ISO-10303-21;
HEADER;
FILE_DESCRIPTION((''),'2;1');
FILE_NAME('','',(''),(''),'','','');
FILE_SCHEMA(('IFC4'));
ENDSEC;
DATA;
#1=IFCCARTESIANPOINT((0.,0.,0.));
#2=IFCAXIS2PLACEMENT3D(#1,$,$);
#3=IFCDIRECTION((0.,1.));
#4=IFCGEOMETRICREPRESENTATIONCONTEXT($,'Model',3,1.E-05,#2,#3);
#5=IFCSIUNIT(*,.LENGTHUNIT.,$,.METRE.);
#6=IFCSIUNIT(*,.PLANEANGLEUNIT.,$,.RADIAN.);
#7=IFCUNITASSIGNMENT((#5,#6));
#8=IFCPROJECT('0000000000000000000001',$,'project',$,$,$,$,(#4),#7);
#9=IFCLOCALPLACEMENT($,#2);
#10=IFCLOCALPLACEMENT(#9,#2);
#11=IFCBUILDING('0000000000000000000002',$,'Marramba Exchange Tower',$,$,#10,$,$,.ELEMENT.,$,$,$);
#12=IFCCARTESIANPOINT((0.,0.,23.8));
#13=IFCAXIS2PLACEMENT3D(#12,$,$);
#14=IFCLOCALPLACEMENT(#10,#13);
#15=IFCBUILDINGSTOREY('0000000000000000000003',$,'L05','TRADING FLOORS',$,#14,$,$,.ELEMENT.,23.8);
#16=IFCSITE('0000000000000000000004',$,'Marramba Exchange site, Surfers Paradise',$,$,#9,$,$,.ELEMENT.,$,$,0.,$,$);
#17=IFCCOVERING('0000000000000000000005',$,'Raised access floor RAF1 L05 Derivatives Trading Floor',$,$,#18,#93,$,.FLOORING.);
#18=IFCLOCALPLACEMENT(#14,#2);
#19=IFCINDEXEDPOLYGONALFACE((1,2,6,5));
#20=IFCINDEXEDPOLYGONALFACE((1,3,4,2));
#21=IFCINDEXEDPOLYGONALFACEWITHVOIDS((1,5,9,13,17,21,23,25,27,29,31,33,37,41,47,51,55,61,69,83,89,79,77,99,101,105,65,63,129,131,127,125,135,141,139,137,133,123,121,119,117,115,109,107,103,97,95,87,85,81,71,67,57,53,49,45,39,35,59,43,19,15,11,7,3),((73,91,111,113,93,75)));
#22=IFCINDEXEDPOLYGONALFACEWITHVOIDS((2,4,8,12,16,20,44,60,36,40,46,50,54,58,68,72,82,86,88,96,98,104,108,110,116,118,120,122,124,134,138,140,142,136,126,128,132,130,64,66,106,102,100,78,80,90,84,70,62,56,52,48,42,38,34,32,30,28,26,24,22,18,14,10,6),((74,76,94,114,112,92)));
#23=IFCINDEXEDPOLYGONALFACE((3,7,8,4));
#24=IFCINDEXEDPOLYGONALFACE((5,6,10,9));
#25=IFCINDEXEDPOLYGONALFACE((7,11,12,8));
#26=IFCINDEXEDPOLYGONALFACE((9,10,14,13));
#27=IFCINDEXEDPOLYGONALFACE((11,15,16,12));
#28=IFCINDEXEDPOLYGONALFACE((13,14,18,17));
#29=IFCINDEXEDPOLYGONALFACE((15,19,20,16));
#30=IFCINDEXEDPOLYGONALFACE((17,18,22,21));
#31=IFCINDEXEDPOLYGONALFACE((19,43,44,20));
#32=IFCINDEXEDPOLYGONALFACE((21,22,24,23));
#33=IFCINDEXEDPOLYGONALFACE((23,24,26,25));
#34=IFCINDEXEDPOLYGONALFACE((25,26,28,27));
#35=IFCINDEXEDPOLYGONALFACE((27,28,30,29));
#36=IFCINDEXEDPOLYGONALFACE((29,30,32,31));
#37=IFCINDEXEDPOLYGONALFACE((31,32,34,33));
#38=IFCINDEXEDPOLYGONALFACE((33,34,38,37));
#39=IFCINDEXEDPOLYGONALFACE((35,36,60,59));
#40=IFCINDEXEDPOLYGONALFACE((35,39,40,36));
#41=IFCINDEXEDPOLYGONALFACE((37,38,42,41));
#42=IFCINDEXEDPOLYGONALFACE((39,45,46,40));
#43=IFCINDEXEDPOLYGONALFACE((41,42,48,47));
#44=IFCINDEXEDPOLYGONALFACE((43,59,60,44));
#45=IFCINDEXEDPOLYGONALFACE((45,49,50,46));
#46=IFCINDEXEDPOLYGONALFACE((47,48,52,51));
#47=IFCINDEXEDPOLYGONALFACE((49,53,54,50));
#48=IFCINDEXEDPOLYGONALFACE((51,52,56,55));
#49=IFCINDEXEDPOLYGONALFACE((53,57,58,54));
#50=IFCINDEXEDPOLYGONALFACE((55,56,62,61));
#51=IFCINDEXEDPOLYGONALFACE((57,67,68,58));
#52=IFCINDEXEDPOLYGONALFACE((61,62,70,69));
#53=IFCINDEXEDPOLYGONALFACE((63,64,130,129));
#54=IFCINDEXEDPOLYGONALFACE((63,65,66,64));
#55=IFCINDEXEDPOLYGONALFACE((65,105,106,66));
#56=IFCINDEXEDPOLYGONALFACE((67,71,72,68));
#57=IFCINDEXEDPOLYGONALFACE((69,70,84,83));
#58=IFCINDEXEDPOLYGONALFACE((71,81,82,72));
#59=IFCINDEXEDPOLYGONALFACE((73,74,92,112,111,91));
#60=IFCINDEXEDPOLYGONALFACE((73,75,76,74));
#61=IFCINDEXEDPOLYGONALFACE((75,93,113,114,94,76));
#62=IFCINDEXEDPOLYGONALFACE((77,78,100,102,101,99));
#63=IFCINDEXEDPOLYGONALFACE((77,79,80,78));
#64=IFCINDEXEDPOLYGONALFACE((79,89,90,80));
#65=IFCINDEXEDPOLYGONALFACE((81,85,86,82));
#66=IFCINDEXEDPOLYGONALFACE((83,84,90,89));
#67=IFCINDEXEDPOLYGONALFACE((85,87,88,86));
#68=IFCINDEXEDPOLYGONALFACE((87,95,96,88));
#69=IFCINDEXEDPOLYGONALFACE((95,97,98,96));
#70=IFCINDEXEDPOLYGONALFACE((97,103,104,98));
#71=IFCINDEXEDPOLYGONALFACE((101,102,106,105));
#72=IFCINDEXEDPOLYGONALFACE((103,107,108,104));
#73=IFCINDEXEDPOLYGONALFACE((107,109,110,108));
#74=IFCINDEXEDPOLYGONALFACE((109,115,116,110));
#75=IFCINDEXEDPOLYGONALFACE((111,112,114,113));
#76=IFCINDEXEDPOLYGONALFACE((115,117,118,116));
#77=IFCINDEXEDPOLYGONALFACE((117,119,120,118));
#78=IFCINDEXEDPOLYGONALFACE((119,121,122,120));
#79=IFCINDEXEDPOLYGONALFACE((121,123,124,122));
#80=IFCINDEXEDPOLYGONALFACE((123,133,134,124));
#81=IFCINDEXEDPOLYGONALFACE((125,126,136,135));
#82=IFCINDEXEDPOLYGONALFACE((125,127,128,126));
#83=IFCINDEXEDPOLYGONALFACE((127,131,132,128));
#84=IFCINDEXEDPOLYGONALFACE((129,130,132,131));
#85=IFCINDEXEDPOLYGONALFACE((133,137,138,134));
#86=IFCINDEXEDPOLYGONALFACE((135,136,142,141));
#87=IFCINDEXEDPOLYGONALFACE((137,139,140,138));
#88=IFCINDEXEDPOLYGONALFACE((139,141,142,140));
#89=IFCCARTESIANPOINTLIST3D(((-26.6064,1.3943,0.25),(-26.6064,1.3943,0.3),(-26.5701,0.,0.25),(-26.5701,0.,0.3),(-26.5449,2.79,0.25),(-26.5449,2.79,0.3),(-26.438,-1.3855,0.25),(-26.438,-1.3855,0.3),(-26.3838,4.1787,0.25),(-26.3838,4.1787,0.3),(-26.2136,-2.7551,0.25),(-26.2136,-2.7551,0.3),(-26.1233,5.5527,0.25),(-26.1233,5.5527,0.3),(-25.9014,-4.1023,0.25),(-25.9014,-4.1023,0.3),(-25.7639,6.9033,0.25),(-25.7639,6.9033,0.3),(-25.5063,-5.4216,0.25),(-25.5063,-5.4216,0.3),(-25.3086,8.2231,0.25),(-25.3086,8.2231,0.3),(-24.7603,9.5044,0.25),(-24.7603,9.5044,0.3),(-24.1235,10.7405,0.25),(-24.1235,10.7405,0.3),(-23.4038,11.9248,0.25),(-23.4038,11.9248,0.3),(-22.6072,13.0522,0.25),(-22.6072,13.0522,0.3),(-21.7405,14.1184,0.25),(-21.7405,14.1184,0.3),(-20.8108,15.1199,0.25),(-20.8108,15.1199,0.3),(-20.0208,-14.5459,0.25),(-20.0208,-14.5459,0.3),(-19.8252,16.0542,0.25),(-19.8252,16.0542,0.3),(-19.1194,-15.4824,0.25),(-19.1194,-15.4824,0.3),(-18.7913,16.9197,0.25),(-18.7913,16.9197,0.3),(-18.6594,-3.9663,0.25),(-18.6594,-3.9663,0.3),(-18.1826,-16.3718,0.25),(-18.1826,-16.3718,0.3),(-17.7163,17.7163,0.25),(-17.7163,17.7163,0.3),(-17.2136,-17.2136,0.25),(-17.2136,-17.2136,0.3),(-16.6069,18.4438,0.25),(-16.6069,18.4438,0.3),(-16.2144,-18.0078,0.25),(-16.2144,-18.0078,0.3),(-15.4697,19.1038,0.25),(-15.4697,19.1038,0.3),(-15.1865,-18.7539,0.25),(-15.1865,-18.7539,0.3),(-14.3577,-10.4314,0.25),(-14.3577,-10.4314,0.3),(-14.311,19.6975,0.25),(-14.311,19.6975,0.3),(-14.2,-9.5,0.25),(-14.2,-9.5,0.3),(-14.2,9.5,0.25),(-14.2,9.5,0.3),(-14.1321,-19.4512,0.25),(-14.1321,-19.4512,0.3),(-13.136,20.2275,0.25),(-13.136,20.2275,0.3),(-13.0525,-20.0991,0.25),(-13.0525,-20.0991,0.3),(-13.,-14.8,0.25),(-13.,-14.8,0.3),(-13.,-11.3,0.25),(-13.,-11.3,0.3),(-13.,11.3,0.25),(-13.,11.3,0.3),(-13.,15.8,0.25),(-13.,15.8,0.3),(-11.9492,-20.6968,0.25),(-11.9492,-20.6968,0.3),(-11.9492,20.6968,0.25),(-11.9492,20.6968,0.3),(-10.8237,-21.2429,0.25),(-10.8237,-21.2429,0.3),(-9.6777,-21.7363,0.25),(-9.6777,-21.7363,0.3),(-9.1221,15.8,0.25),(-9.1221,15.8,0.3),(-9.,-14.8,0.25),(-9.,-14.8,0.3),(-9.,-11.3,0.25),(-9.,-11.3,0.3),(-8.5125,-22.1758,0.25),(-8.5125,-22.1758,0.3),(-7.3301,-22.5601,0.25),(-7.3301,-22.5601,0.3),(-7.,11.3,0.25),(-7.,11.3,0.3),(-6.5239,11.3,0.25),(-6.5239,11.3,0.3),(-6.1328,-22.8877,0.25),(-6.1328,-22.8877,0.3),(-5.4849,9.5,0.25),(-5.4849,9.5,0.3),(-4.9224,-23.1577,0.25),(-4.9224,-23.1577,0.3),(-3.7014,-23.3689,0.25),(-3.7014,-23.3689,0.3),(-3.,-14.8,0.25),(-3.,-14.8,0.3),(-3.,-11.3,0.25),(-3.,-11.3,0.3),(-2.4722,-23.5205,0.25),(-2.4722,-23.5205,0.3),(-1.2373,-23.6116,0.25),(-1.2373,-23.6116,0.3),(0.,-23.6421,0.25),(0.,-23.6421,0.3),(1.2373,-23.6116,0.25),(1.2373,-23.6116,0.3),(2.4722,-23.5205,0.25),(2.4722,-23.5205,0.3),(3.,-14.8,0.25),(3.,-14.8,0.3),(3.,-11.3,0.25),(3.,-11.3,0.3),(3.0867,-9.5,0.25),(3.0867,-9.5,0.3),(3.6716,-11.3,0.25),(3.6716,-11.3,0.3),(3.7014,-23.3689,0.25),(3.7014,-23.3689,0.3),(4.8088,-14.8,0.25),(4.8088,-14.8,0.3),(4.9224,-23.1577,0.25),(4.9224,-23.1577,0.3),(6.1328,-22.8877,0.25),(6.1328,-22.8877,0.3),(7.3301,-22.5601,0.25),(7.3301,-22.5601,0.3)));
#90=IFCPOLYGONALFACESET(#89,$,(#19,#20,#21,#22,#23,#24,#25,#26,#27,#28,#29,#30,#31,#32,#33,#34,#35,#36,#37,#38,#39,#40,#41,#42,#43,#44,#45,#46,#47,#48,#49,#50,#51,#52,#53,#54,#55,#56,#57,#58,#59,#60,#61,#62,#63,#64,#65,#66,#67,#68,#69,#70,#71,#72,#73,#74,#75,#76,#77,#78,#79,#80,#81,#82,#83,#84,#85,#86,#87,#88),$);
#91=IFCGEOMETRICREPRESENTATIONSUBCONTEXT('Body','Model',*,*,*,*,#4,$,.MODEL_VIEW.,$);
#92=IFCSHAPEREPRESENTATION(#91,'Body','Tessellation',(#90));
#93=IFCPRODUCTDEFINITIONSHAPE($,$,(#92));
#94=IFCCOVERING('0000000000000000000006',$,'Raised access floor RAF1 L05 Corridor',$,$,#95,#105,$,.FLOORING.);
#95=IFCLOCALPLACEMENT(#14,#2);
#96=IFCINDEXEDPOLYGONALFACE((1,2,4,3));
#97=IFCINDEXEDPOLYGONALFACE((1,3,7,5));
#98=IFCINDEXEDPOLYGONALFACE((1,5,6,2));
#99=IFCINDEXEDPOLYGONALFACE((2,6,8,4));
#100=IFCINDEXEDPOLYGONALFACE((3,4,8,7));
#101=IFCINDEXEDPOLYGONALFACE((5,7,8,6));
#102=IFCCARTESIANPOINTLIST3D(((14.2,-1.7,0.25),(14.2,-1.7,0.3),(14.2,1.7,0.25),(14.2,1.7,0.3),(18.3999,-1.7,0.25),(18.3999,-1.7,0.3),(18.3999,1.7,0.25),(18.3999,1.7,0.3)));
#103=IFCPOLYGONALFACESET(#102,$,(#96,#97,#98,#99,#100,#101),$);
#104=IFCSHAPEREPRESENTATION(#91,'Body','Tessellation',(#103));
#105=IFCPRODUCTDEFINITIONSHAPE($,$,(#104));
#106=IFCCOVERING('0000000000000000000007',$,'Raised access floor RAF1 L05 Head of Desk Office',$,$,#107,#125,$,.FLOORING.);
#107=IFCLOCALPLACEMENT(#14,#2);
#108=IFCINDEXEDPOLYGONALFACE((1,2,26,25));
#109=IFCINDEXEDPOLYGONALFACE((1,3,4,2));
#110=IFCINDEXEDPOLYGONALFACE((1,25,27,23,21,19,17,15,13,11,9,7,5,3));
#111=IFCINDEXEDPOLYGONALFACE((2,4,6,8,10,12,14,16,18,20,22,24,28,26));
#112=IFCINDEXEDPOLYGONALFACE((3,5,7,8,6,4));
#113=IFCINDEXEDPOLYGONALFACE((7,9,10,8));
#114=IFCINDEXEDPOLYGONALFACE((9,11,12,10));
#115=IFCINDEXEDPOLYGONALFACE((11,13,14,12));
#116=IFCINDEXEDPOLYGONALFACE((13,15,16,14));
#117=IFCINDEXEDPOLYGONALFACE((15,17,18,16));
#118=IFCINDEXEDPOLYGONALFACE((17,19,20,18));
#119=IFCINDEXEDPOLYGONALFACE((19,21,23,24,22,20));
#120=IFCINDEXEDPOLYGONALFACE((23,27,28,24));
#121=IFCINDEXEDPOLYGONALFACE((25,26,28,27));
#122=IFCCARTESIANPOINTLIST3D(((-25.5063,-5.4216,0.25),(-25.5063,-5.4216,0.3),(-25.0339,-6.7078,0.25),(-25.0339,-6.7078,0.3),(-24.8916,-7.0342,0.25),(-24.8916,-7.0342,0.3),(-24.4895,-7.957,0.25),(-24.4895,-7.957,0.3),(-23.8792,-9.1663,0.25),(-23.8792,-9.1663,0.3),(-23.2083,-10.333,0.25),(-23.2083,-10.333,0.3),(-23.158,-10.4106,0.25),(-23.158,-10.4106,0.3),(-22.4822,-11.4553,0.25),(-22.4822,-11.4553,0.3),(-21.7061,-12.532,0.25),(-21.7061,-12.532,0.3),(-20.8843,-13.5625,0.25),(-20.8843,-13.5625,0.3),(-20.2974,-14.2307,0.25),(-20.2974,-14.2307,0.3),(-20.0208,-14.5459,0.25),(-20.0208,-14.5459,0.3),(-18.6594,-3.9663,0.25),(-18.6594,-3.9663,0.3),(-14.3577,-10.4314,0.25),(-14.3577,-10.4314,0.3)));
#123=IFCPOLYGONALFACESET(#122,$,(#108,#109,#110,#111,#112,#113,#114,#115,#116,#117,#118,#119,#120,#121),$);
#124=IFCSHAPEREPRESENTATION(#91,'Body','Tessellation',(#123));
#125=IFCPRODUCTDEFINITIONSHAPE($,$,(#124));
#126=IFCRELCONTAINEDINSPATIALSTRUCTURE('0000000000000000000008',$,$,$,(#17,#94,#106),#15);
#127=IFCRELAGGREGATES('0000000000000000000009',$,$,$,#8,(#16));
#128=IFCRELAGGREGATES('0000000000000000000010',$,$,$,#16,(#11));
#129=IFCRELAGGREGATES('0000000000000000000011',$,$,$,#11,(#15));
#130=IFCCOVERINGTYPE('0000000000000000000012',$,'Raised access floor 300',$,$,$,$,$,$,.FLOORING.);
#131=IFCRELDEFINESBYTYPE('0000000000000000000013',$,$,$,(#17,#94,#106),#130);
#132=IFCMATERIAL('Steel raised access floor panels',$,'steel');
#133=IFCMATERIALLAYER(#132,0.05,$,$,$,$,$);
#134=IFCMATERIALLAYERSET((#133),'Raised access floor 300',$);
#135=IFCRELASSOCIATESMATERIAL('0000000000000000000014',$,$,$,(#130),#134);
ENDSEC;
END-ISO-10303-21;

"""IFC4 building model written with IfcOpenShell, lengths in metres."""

from ifc_helpers import new_model, si_unit, direction, frame, origin, place, context, subcontext, project, spatial, polyline, outline, extrude, material, layer, layer_set, type_object, element, save


model = new_model("IFC4")

# Units and contexts
model_context = context("Model", 3, precision=1e-05, world=origin(), true_north=direction((0.0, 1.0)))
body_context = subcontext(model_context, "Body", "Model", "MODEL_VIEW")
ifc_project = project(units=[si_unit("LENGTHUNIT", "METRE"), si_unit("PLANEANGLEUNIT", "RADIAN")], contexts=[model_context])

# Site, building, storey
site_placement = place(None, origin())
site = spatial("IfcSite", under=ifc_project, at=site_placement, Name="Marramba Exchange site, Surfers Paradise", CompositionType="ELEMENT", RefElevation=0.0)
building_placement = place(site_placement, origin())
building = spatial("IfcBuilding", under=site, at=building_placement, Name="Marramba Exchange Tower", CompositionType="ELEMENT")
storey_placement = place(building_placement, frame((0.0, 0.0, 23.8)))
storey = spatial("IfcBuildingStorey", under=building, at=storey_placement, Name="L05", Description="TRADING FLOORS", CompositionType="ELEMENT", Elevation=23.8)

# Coverings
ifc_material_1 = material(Name="Steel raised access floor panels", Category="steel")
ifc_layer_1 = layer(ifc_material_1, 0.05)
ifc_layer_set_1 = layer_set([ifc_layer_1], Name="Raised access floor 300")
covering_type_1 = type_object("IfcCoveringType", Name="Raised access floor 300", PredefinedType="FLOORING", material=ifc_layer_set_1)
covering_1_placement = place(storey_placement, frame((0.0, 0.0, 0.25)))
element("IfcCovering", 1, at=covering_1_placement, inside=storey, type_object=covering_type_1, Name="Raised access floor RAF1 L05 Derivatives Trading Floor", PredefinedType="FLOORING", context=body_context, shape_type="SweptSolid", body=[
    extrude(outline(polyline([(-14.2, -9.5), (3.0867, -9.5), (3.6716, -11.3), (3.0, -11.3), (3.0, -14.8), (4.8088, -14.8), (7.3301, -22.5601), (6.1328, -22.8877), (4.9224, -23.1577), (3.7014, -23.3689), (2.4722, -23.5205), (1.2373, -23.6116), (0.0, -23.6421), (-1.2373, -23.6116), (-2.4722, -23.5205), (-3.7014, -23.3689), (-4.9224, -23.1577), (-6.1328, -22.8877), (-7.3301, -22.5601), (-8.5125, -22.1758), (-9.6777, -21.7363), (-10.8237, -21.2429), (-11.9492, -20.6968), (-13.0525, -20.0991), (-14.1321, -19.4512), (-15.1865, -18.7539), (-16.2144, -18.0078), (-17.2136, -17.2136), (-18.1826, -16.3718), (-19.1194, -15.4824), (-20.0208, -14.5459), (-14.3577, -10.4314), (-18.6594, -3.9663), (-25.5063, -5.4216), (-25.9014, -4.1023), (-26.2136, -2.7551), (-26.438, -1.3855), (-26.5701, 0.0), (-26.6064, 1.3943), (-26.5449, 2.79), (-26.3838, 4.1787), (-26.1233, 5.5527), (-25.7639, 6.9033), (-25.3086, 8.2231), (-24.7603, 9.5044), (-24.1235, 10.7405), (-23.4038, 11.9248), (-22.6072, 13.0522), (-21.7405, 14.1184), (-20.8108, 15.1199), (-19.8252, 16.0542), (-18.7913, 16.9197), (-17.7163, 17.7163), (-16.6069, 18.4438), (-15.4697, 19.1038), (-14.311, 19.6975), (-13.136, 20.2275), (-11.9492, 20.6968), (-9.1221, 15.8), (-13.0, 15.8), (-13.0, 11.3), (-7.0, 11.3), (-6.5239, 11.3), (-5.4849, 9.5), (-14.2, 9.5), (-14.2, -9.5)]), holes=[polyline([(-13.0, -14.8), (-9.0, -14.8), (-3.0, -14.8), (-3.0, -11.3), (-9.0, -11.3), (-13.0, -11.3), (-13.0, -14.8)])]), origin(), (0.0, 0.0, 1.0), 0.05),
])
covering_2_placement = place(storey_placement, frame((0.0, 0.0, 0.25)))
element("IfcCovering", 2, at=covering_2_placement, inside=storey, type_object=covering_type_1, Name="Raised access floor RAF1 L05 Corridor", PredefinedType="FLOORING", context=body_context, shape_type="SweptSolid", body=[
    extrude(outline(polyline([(14.2, -1.7), (14.2, 1.7), (18.3999, 1.7), (18.3999, -1.7), (14.2, -1.7)])), origin(), (0.0, 0.0, 1.0), 0.05),
])
covering_3_placement = place(storey_placement, frame((0.0, 0.0, 0.25)))
element("IfcCovering", 3, at=covering_3_placement, inside=storey, type_object=covering_type_1, Name="Raised access floor RAF1 L05 Head of Desk Office", PredefinedType="FLOORING", context=body_context, shape_type="SweptSolid", body=[
    extrude(outline(polyline([(-20.2974, -14.2307), (-20.8843, -13.5625), (-21.7061, -12.532), (-22.4822, -11.4553), (-23.158, -10.4106), (-23.2083, -10.333), (-23.8792, -9.1663), (-24.4895, -7.957), (-24.8916, -7.0342), (-25.0339, -6.7078), (-25.5063, -5.4216), (-18.6594, -3.9663), (-14.3577, -10.4314), (-20.0208, -14.5459), (-20.2974, -14.2307)])), origin(), (0.0, 0.0, 1.0), 0.05),
])

save(model, "model.ifc")
